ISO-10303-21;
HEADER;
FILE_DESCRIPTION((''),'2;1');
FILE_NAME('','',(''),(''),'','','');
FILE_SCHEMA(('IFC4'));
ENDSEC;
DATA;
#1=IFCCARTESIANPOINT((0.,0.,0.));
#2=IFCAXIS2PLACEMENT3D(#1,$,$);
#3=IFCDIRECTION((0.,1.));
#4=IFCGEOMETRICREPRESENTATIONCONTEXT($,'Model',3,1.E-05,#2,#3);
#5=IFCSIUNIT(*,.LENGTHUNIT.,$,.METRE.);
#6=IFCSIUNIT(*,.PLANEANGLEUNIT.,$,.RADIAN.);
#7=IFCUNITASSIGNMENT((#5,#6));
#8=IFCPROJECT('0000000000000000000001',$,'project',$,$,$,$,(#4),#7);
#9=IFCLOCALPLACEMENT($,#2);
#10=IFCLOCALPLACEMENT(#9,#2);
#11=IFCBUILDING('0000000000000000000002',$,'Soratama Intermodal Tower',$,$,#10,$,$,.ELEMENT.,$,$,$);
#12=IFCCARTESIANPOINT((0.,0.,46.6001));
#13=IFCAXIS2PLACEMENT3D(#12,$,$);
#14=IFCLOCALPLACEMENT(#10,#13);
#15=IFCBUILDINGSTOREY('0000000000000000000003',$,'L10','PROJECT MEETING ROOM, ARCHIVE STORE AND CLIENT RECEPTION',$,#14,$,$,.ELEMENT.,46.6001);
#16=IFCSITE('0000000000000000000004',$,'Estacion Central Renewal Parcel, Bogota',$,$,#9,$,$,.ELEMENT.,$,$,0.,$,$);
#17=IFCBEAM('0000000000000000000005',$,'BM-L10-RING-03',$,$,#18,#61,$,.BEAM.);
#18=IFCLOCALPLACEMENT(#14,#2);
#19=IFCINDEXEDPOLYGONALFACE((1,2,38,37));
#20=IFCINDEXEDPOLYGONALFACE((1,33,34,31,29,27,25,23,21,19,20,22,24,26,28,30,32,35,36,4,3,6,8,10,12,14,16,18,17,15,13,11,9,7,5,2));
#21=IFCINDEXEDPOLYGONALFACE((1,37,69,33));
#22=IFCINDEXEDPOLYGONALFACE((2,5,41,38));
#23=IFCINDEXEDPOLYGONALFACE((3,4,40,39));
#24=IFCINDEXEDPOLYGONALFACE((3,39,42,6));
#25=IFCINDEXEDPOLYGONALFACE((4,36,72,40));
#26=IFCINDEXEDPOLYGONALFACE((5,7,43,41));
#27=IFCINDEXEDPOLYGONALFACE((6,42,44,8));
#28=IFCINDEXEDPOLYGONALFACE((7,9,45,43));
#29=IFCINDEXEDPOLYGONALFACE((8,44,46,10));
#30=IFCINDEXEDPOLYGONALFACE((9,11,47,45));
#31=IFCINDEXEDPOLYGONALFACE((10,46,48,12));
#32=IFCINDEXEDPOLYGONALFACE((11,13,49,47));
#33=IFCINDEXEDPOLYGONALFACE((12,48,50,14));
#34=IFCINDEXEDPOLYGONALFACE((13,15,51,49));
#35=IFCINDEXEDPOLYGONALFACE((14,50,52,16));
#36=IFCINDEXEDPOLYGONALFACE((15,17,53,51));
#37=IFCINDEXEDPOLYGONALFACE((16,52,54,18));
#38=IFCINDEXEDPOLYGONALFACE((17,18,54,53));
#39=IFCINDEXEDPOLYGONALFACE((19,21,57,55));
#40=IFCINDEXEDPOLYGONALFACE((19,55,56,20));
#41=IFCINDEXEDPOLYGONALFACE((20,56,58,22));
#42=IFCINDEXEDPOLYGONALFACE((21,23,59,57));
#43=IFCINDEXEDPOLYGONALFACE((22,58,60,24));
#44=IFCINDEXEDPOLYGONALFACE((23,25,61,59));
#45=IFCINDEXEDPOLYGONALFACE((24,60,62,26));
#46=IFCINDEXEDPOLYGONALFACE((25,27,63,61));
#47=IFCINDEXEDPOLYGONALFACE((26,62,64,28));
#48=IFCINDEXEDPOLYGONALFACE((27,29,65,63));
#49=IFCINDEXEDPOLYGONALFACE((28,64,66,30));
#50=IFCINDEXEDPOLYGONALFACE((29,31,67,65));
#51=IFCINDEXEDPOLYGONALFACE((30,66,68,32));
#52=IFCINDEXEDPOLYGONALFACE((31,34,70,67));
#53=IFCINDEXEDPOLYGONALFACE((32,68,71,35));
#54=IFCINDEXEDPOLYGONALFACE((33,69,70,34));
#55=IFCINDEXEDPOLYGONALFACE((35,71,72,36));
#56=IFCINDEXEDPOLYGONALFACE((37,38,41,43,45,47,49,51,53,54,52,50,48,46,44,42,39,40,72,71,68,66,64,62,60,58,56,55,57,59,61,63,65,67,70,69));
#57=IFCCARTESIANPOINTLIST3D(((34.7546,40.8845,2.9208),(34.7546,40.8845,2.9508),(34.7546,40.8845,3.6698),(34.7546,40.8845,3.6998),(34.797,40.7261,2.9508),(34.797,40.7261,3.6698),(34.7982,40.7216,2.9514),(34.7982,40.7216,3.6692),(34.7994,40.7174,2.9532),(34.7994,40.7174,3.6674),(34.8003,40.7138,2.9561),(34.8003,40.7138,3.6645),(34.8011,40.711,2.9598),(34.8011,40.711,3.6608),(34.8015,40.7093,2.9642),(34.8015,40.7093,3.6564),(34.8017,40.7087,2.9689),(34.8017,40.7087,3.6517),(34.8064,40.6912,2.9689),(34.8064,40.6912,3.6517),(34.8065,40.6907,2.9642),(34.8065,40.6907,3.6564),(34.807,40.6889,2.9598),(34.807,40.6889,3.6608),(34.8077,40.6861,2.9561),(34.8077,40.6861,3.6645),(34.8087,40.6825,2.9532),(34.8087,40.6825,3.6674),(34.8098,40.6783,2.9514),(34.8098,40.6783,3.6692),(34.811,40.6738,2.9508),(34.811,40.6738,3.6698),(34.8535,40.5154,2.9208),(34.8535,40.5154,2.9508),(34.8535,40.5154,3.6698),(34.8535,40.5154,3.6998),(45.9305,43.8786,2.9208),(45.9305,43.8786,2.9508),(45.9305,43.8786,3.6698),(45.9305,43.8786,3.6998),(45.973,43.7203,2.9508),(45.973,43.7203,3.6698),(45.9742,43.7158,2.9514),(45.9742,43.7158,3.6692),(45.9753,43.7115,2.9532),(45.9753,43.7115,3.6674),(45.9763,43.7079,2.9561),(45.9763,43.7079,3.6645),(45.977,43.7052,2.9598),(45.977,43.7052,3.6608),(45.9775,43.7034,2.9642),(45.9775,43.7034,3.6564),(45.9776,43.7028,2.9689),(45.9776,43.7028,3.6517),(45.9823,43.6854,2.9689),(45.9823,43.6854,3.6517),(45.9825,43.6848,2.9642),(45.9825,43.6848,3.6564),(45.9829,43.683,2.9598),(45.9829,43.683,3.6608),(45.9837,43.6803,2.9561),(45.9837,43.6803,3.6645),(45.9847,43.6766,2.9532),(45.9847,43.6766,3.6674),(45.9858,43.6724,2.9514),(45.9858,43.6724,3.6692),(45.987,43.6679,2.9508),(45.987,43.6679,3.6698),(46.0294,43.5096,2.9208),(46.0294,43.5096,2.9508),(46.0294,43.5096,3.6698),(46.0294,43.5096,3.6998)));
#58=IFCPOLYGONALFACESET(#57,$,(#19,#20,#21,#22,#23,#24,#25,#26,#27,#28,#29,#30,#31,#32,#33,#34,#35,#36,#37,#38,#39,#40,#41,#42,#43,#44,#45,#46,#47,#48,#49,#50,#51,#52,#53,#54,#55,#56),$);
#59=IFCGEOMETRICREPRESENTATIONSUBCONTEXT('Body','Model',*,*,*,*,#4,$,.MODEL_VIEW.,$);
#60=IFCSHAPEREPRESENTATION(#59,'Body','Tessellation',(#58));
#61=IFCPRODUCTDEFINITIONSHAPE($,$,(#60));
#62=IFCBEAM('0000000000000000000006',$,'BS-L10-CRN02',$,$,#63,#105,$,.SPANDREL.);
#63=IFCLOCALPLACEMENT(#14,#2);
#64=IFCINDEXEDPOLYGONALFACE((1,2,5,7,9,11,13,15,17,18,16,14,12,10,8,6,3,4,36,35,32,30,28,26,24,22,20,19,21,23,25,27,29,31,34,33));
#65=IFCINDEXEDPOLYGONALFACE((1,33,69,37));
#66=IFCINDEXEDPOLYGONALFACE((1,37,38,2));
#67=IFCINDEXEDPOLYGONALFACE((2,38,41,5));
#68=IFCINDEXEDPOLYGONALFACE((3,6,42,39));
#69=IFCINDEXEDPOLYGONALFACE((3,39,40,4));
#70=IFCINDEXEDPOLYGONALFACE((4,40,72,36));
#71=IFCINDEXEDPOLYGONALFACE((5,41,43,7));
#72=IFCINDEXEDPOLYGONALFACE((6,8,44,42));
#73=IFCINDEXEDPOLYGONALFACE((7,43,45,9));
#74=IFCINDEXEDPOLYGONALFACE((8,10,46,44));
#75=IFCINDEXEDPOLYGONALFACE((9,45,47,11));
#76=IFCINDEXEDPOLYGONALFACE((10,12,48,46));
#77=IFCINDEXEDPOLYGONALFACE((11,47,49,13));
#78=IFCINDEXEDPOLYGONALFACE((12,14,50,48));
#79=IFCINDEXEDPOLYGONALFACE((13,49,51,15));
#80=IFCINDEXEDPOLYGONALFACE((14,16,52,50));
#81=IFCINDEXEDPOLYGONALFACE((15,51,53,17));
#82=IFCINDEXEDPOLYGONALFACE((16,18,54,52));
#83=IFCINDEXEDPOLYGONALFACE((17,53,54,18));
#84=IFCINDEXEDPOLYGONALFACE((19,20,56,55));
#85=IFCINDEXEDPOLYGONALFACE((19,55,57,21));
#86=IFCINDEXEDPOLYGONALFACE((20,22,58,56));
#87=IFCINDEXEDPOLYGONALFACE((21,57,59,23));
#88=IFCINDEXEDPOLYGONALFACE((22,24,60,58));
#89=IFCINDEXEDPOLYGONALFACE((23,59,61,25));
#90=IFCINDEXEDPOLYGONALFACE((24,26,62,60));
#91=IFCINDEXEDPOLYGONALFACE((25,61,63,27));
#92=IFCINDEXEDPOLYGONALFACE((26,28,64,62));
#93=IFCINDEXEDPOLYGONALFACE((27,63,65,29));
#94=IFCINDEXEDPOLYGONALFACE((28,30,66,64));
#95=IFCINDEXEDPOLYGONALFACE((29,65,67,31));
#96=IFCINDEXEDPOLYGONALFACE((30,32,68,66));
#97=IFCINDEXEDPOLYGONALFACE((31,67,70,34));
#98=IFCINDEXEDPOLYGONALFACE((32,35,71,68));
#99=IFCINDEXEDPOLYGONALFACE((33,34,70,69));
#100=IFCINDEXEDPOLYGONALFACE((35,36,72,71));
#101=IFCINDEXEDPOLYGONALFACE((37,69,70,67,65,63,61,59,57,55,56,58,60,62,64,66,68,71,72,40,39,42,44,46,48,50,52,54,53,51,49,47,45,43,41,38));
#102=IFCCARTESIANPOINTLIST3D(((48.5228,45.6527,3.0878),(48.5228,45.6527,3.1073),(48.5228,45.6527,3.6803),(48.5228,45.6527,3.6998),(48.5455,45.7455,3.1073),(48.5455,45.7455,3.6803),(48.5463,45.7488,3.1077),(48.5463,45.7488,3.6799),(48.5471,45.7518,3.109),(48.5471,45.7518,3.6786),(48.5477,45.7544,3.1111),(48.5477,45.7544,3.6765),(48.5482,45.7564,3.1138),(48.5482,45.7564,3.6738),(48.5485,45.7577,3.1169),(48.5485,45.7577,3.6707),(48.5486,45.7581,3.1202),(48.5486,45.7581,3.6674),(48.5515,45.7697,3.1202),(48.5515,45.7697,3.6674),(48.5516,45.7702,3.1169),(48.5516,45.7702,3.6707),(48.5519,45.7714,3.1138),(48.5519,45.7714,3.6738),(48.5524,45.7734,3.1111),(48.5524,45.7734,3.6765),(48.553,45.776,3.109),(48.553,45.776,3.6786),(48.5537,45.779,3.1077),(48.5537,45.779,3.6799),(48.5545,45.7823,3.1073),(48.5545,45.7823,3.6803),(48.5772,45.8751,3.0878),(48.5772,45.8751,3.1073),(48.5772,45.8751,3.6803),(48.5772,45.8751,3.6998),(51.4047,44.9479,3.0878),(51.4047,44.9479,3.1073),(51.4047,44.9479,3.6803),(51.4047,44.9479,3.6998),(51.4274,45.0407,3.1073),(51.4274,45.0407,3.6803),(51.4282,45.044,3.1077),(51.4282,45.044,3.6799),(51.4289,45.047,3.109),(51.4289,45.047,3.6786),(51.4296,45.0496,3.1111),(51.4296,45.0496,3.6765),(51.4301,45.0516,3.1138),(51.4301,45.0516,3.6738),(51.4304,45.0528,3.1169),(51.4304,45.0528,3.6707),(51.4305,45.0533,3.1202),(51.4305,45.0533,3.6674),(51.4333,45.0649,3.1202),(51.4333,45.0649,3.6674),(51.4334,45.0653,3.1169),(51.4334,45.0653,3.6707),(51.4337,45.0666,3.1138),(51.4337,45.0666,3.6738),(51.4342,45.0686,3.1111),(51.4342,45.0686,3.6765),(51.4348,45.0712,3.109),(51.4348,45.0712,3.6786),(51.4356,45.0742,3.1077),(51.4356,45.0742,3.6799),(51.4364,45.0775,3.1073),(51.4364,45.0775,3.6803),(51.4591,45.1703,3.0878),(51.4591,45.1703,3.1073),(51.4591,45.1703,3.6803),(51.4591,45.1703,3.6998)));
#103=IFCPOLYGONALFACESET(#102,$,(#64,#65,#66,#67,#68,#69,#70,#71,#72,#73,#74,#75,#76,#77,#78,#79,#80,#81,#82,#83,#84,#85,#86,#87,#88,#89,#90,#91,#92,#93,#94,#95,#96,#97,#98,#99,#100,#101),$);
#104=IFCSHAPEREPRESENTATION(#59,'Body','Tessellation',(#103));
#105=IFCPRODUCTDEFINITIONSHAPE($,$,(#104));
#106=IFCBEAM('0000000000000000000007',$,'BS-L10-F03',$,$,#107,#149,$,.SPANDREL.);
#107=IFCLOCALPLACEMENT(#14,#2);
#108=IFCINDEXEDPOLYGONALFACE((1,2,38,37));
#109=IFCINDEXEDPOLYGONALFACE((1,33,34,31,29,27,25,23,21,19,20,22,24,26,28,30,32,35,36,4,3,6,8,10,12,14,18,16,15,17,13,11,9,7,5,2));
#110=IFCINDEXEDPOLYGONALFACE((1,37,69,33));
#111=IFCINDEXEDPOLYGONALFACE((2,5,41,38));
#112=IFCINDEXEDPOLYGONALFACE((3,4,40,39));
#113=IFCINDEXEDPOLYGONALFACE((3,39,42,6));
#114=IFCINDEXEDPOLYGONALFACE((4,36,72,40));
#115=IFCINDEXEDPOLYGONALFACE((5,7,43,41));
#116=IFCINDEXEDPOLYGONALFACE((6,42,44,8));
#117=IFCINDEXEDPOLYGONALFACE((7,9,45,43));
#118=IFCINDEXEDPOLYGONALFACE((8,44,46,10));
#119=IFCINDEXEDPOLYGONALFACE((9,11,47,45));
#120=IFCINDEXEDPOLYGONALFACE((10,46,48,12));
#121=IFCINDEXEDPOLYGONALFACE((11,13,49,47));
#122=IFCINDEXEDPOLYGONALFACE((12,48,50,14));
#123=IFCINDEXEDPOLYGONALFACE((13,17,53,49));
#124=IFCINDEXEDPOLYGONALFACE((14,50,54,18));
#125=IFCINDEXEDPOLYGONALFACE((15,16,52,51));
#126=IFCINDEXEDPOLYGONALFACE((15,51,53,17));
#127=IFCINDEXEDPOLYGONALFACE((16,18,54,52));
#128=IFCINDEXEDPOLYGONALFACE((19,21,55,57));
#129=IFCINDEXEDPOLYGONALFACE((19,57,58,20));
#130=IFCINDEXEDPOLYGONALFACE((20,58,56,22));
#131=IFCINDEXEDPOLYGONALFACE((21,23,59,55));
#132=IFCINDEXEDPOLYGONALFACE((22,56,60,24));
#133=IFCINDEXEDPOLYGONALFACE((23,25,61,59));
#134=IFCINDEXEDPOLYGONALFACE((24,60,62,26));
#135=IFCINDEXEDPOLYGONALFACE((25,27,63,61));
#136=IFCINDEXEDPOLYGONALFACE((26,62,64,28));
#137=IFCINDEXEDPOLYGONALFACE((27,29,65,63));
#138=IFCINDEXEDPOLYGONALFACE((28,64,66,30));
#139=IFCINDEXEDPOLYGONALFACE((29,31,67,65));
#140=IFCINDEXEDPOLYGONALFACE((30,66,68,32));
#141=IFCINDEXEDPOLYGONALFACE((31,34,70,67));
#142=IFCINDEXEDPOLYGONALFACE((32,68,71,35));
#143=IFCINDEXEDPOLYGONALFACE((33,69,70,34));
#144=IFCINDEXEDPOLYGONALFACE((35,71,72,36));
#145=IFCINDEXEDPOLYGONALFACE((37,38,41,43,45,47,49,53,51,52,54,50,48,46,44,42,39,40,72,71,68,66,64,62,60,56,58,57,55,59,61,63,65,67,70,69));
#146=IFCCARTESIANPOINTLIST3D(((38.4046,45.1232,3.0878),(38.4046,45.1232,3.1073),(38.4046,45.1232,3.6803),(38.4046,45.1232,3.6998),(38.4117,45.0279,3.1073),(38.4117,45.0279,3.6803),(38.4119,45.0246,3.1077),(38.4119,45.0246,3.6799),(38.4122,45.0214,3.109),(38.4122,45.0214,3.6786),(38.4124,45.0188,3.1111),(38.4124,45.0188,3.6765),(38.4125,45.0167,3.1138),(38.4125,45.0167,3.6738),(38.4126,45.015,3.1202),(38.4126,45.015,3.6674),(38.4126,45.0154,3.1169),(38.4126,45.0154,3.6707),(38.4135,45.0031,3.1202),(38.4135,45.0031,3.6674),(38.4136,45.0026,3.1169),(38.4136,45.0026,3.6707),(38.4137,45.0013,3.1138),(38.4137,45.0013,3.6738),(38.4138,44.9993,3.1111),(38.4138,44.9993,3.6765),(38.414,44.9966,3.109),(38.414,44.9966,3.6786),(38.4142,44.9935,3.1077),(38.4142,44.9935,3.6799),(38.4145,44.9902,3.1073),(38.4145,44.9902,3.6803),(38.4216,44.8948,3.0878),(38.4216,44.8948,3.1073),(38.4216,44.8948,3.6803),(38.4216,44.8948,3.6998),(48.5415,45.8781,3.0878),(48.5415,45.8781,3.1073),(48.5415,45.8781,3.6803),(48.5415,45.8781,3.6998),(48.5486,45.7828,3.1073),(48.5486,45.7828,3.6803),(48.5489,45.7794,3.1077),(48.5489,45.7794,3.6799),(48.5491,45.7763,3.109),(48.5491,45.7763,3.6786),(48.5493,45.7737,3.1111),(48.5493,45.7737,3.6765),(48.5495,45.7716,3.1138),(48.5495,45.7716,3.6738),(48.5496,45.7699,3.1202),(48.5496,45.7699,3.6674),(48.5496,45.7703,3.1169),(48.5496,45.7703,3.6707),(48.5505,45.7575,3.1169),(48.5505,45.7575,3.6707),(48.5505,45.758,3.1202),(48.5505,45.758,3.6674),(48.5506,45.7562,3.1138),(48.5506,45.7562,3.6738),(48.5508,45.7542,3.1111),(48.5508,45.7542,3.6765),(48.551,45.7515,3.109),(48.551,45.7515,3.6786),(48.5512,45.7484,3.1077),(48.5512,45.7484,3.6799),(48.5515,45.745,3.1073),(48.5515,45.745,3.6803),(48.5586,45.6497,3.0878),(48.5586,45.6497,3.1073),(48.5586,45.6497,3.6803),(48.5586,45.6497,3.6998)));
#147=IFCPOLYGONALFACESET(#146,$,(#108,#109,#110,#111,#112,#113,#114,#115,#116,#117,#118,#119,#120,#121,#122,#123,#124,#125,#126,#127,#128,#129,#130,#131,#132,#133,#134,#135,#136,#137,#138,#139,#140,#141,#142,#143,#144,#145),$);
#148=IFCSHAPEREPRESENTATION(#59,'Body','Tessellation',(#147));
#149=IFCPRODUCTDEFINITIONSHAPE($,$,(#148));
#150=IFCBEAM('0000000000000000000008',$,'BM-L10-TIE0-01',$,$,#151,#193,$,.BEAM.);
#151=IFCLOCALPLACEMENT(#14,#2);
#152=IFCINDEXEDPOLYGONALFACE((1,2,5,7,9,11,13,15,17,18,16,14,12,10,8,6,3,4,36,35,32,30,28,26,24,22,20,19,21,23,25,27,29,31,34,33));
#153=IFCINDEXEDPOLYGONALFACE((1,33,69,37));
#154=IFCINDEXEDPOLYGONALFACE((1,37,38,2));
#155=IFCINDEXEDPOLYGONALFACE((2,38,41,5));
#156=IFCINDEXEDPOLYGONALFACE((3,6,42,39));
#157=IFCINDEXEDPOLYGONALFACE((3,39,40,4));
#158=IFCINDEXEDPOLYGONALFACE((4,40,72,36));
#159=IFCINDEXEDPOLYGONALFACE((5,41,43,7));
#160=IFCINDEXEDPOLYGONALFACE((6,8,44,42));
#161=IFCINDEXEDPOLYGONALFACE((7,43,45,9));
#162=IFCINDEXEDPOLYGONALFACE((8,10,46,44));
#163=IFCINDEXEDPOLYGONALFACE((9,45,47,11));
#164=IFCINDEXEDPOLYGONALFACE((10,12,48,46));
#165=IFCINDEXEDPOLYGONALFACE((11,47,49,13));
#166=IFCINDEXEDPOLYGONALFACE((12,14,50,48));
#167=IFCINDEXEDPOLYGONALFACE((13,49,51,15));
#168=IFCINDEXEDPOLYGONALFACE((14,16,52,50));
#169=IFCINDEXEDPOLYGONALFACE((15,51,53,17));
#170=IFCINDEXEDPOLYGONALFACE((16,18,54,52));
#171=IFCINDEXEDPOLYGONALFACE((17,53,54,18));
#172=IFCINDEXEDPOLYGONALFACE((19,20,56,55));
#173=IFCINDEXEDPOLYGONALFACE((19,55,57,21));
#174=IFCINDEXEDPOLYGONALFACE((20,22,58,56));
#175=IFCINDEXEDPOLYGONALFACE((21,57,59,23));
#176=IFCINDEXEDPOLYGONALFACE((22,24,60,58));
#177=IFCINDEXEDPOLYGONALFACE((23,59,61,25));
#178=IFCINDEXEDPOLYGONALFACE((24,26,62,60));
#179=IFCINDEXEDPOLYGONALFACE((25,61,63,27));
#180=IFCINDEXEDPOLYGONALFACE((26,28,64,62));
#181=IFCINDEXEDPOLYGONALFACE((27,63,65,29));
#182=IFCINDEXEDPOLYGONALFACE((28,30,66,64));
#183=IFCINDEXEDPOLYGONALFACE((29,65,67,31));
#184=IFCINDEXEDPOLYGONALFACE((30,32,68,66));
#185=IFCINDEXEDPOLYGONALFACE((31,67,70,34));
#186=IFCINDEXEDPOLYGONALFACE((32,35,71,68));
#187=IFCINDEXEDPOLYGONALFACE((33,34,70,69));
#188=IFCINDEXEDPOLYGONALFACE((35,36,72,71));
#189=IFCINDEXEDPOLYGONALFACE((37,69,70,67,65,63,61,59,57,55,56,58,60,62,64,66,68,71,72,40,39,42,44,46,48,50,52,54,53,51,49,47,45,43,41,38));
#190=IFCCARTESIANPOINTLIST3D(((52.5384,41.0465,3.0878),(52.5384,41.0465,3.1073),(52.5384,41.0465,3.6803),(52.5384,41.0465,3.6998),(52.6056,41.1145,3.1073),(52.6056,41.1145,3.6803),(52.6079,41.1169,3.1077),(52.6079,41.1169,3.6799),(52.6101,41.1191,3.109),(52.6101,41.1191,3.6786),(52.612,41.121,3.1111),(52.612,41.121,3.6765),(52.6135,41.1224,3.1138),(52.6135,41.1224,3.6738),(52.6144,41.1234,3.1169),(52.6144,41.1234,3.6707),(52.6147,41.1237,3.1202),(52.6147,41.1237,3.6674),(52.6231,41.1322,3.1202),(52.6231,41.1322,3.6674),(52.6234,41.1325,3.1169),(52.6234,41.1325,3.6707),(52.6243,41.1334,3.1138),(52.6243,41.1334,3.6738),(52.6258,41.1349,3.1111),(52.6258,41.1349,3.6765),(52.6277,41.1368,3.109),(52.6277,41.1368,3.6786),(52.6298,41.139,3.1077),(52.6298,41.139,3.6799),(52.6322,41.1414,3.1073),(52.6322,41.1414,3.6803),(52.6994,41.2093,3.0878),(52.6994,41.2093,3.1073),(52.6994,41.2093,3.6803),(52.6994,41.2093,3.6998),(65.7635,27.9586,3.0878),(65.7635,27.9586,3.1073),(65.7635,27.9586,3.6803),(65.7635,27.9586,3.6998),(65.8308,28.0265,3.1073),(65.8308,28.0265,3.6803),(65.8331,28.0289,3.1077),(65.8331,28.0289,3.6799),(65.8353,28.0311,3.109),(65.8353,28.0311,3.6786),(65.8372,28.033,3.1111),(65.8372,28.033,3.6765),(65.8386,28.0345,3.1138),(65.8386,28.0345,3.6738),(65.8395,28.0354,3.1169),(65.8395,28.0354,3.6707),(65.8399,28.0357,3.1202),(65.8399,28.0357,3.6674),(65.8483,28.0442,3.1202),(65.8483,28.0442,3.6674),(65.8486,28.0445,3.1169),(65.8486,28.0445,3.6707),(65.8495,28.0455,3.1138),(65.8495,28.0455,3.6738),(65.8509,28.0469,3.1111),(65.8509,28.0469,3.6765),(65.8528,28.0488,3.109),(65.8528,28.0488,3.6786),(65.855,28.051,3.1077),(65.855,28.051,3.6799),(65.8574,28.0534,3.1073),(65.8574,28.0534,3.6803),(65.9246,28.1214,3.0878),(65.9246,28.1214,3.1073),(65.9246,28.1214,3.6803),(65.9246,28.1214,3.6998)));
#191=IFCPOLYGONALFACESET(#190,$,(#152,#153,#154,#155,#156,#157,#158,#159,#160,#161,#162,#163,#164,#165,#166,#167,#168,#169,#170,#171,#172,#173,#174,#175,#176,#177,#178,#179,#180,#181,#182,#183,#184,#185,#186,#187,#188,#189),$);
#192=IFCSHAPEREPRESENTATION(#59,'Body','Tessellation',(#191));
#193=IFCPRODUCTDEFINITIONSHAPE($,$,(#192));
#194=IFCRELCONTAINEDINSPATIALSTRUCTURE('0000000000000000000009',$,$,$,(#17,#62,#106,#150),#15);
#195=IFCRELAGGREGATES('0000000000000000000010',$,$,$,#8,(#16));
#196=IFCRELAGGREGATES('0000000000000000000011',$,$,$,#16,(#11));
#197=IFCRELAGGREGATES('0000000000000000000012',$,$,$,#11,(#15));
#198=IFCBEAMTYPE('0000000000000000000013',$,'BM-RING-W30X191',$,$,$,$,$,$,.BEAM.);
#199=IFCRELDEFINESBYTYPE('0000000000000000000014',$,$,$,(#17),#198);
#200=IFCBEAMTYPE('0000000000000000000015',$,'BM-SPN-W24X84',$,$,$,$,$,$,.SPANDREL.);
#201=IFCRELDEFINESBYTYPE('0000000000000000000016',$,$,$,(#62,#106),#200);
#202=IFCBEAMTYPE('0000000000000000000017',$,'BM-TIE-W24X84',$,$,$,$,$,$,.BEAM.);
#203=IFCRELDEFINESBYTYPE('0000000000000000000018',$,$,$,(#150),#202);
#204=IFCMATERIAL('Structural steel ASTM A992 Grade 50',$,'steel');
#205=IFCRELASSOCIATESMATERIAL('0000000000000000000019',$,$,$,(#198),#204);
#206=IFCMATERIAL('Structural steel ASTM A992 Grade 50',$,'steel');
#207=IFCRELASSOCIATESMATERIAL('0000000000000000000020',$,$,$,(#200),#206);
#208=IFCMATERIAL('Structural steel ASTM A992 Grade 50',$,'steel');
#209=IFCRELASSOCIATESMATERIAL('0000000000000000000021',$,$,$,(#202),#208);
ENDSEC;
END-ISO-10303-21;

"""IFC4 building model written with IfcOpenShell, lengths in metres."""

from ifc_helpers import new_model, si_unit, direction, frame, origin, origin_2d, place, context, subcontext, project, spatial, i_section, extrude, material, material_profile, profile_set, type_object, element, save


model = new_model("IFC4")

# Units and contexts
model_context = context("Model", 3, precision=1e-05, world=origin(), true_north=direction((0.0, 1.0)))
body_context = subcontext(model_context, "Body", "Model", "MODEL_VIEW")
ifc_project = project(units=[si_unit("LENGTHUNIT", "METRE"), si_unit("PLANEANGLEUNIT", "RADIAN")], contexts=[model_context])

# Site, building, storey
site_placement = place(None, origin())
site = spatial("IfcSite", under=ifc_project, at=site_placement, Name="Estacion Central Renewal Parcel, Bogota", CompositionType="ELEMENT", RefElevation=0.0)
building_placement = place(site_placement, origin())
building = spatial("IfcBuilding", under=site, at=building_placement, Name="Soratama Intermodal Tower", CompositionType="ELEMENT")
storey_placement = place(building_placement, frame((0.0, 0.0, 46.6001)))
storey = spatial("IfcBuildingStorey", under=building, at=storey_placement, Name="L10", Description="PROJECT MEETING ROOM, ARCHIVE STORE AND CLIENT RECEPTION", CompositionType="ELEMENT", Elevation=46.6001)

# Beams
ifc_material_1 = material(Name="Structural steel ASTM A992 Grade 50", Category="steel")
ifc_material_profile_1 = material_profile(ifc_material_1, i_section(OverallWidth=0.3821, OverallDepth=0.7791, WebThickness=0.0181, FlangeThickness=0.03, FilletRadius=0.0181, at=origin_2d()), Name="W30X191")
ifc_profile_set_1 = profile_set([ifc_material_profile_1], Name="Structural steel ASTM A992 Grade 50")
beam_type_1 = type_object("IfcBeamType", Name="BM-RING-W30X191", PredefinedType="BEAM", material=ifc_profile_set_1)
beam_1_placement = place(storey_placement, frame((45.98, 43.6941, 3.3103), z_axis=(-0.965936, -0.258781, 0.0), x_axis=(0.258781, -0.965936, 0.0)))
element("IfcBeam", 1, at=beam_1_placement, inside=storey, type_object=beam_type_1, Name="BM-L10-RING-03", PredefinedType="BEAM", context=body_context, shape_type="SweptSolid", body=[
    extrude(i_section(OverallWidth=0.3821, OverallDepth=0.7791, WebThickness=0.0181, FlangeThickness=0.03, FilletRadius=0.0181, at=origin_2d()), origin(), (0.0, 0.0, 1.0), 11.5701),
])
ifc_material_2 = material(Name="Structural steel ASTM A992 Grade 50", Category="steel")
ifc_material_profile_2 = material_profile(ifc_material_2, i_section(OverallWidth=0.229, OverallDepth=0.6121, WebThickness=0.012, FlangeThickness=0.0195, FilletRadius=0.0129, at=origin_2d()), Name="W24X84")
ifc_profile_set_2 = profile_set([ifc_material_profile_2], Name="Structural steel ASTM A992 Grade 50")
beam_type_2 = type_object("IfcBeamType", Name="BM-SPN-W24X84", PredefinedType="SPANDREL", material=ifc_profile_set_2)
beam_2_placement = place(storey_placement, frame((51.4319, 45.0591, 3.3938), z_axis=(-0.971369, 0.237576, 0.0), x_axis=(-0.237576, -0.971369, 0.0)))
element("IfcBeam", 2, at=beam_2_placement, inside=storey, type_object=beam_type_2, Name="BS-L10-CRN02", PredefinedType="SPANDREL", context=body_context, shape_type="SweptSolid", body=[
    extrude(i_section(OverallWidth=0.229, OverallDepth=0.6121, WebThickness=0.012, FlangeThickness=0.0195, FilletRadius=0.0129, at=origin_2d()), origin(), (0.0, 0.0, 1.0), 2.9668),
])
beam_3_placement = place(storey_placement, frame((48.55, 45.7639, 3.3938), z_axis=(-0.997239, -0.074263, 0.0), x_axis=(0.074263, -0.997239, 0.0)))
element("IfcBeam", 3, at=beam_3_placement, inside=storey, type_object=beam_type_2, Name="BS-L10-F03", PredefinedType="SPANDREL", context=body_context, shape_type="SweptSolid", body=[
    extrude(i_section(OverallWidth=0.229, OverallDepth=0.6121, WebThickness=0.012, FlangeThickness=0.0195, FilletRadius=0.0129, at=origin_2d()), origin(), (0.0, 0.0, 1.0), 10.165),
])
ifc_material_3 = material(Name="Structural steel ASTM A992 Grade 50", Category="steel")
ifc_material_profile_3 = material_profile(ifc_material_3, i_section(OverallWidth=0.229, OverallDepth=0.6121, WebThickness=0.012, FlangeThickness=0.0195, FilletRadius=0.0129, at=origin_2d()), Name="W24X84")
ifc_profile_set_3 = profile_set([ifc_material_profile_3], Name="Structural steel ASTM A992 Grade 50")
beam_type_3 = type_object("IfcBeamType", Name="BM-TIE-W24X84", PredefinedType="BEAM", material=ifc_profile_set_3)
beam_4_placement = place(storey_placement, frame((52.6189, 41.1279, 3.3938), z_axis=(0.710784, -0.70341, 0.0), x_axis=(0.70341, 0.710784, 0.0)))
element("IfcBeam", 4, at=beam_4_placement, inside=storey, type_object=beam_type_3, Name="BM-L10-TIE0-01", PredefinedType="BEAM", context=body_context, shape_type="SweptSolid", body=[
    extrude(i_section(OverallWidth=0.229, OverallDepth=0.6121, WebThickness=0.012, FlangeThickness=0.0195, FilletRadius=0.0129, at=origin_2d()), origin(), (0.0, 0.0, 1.0), 18.6064),
])

save(model, "model.ifc")
